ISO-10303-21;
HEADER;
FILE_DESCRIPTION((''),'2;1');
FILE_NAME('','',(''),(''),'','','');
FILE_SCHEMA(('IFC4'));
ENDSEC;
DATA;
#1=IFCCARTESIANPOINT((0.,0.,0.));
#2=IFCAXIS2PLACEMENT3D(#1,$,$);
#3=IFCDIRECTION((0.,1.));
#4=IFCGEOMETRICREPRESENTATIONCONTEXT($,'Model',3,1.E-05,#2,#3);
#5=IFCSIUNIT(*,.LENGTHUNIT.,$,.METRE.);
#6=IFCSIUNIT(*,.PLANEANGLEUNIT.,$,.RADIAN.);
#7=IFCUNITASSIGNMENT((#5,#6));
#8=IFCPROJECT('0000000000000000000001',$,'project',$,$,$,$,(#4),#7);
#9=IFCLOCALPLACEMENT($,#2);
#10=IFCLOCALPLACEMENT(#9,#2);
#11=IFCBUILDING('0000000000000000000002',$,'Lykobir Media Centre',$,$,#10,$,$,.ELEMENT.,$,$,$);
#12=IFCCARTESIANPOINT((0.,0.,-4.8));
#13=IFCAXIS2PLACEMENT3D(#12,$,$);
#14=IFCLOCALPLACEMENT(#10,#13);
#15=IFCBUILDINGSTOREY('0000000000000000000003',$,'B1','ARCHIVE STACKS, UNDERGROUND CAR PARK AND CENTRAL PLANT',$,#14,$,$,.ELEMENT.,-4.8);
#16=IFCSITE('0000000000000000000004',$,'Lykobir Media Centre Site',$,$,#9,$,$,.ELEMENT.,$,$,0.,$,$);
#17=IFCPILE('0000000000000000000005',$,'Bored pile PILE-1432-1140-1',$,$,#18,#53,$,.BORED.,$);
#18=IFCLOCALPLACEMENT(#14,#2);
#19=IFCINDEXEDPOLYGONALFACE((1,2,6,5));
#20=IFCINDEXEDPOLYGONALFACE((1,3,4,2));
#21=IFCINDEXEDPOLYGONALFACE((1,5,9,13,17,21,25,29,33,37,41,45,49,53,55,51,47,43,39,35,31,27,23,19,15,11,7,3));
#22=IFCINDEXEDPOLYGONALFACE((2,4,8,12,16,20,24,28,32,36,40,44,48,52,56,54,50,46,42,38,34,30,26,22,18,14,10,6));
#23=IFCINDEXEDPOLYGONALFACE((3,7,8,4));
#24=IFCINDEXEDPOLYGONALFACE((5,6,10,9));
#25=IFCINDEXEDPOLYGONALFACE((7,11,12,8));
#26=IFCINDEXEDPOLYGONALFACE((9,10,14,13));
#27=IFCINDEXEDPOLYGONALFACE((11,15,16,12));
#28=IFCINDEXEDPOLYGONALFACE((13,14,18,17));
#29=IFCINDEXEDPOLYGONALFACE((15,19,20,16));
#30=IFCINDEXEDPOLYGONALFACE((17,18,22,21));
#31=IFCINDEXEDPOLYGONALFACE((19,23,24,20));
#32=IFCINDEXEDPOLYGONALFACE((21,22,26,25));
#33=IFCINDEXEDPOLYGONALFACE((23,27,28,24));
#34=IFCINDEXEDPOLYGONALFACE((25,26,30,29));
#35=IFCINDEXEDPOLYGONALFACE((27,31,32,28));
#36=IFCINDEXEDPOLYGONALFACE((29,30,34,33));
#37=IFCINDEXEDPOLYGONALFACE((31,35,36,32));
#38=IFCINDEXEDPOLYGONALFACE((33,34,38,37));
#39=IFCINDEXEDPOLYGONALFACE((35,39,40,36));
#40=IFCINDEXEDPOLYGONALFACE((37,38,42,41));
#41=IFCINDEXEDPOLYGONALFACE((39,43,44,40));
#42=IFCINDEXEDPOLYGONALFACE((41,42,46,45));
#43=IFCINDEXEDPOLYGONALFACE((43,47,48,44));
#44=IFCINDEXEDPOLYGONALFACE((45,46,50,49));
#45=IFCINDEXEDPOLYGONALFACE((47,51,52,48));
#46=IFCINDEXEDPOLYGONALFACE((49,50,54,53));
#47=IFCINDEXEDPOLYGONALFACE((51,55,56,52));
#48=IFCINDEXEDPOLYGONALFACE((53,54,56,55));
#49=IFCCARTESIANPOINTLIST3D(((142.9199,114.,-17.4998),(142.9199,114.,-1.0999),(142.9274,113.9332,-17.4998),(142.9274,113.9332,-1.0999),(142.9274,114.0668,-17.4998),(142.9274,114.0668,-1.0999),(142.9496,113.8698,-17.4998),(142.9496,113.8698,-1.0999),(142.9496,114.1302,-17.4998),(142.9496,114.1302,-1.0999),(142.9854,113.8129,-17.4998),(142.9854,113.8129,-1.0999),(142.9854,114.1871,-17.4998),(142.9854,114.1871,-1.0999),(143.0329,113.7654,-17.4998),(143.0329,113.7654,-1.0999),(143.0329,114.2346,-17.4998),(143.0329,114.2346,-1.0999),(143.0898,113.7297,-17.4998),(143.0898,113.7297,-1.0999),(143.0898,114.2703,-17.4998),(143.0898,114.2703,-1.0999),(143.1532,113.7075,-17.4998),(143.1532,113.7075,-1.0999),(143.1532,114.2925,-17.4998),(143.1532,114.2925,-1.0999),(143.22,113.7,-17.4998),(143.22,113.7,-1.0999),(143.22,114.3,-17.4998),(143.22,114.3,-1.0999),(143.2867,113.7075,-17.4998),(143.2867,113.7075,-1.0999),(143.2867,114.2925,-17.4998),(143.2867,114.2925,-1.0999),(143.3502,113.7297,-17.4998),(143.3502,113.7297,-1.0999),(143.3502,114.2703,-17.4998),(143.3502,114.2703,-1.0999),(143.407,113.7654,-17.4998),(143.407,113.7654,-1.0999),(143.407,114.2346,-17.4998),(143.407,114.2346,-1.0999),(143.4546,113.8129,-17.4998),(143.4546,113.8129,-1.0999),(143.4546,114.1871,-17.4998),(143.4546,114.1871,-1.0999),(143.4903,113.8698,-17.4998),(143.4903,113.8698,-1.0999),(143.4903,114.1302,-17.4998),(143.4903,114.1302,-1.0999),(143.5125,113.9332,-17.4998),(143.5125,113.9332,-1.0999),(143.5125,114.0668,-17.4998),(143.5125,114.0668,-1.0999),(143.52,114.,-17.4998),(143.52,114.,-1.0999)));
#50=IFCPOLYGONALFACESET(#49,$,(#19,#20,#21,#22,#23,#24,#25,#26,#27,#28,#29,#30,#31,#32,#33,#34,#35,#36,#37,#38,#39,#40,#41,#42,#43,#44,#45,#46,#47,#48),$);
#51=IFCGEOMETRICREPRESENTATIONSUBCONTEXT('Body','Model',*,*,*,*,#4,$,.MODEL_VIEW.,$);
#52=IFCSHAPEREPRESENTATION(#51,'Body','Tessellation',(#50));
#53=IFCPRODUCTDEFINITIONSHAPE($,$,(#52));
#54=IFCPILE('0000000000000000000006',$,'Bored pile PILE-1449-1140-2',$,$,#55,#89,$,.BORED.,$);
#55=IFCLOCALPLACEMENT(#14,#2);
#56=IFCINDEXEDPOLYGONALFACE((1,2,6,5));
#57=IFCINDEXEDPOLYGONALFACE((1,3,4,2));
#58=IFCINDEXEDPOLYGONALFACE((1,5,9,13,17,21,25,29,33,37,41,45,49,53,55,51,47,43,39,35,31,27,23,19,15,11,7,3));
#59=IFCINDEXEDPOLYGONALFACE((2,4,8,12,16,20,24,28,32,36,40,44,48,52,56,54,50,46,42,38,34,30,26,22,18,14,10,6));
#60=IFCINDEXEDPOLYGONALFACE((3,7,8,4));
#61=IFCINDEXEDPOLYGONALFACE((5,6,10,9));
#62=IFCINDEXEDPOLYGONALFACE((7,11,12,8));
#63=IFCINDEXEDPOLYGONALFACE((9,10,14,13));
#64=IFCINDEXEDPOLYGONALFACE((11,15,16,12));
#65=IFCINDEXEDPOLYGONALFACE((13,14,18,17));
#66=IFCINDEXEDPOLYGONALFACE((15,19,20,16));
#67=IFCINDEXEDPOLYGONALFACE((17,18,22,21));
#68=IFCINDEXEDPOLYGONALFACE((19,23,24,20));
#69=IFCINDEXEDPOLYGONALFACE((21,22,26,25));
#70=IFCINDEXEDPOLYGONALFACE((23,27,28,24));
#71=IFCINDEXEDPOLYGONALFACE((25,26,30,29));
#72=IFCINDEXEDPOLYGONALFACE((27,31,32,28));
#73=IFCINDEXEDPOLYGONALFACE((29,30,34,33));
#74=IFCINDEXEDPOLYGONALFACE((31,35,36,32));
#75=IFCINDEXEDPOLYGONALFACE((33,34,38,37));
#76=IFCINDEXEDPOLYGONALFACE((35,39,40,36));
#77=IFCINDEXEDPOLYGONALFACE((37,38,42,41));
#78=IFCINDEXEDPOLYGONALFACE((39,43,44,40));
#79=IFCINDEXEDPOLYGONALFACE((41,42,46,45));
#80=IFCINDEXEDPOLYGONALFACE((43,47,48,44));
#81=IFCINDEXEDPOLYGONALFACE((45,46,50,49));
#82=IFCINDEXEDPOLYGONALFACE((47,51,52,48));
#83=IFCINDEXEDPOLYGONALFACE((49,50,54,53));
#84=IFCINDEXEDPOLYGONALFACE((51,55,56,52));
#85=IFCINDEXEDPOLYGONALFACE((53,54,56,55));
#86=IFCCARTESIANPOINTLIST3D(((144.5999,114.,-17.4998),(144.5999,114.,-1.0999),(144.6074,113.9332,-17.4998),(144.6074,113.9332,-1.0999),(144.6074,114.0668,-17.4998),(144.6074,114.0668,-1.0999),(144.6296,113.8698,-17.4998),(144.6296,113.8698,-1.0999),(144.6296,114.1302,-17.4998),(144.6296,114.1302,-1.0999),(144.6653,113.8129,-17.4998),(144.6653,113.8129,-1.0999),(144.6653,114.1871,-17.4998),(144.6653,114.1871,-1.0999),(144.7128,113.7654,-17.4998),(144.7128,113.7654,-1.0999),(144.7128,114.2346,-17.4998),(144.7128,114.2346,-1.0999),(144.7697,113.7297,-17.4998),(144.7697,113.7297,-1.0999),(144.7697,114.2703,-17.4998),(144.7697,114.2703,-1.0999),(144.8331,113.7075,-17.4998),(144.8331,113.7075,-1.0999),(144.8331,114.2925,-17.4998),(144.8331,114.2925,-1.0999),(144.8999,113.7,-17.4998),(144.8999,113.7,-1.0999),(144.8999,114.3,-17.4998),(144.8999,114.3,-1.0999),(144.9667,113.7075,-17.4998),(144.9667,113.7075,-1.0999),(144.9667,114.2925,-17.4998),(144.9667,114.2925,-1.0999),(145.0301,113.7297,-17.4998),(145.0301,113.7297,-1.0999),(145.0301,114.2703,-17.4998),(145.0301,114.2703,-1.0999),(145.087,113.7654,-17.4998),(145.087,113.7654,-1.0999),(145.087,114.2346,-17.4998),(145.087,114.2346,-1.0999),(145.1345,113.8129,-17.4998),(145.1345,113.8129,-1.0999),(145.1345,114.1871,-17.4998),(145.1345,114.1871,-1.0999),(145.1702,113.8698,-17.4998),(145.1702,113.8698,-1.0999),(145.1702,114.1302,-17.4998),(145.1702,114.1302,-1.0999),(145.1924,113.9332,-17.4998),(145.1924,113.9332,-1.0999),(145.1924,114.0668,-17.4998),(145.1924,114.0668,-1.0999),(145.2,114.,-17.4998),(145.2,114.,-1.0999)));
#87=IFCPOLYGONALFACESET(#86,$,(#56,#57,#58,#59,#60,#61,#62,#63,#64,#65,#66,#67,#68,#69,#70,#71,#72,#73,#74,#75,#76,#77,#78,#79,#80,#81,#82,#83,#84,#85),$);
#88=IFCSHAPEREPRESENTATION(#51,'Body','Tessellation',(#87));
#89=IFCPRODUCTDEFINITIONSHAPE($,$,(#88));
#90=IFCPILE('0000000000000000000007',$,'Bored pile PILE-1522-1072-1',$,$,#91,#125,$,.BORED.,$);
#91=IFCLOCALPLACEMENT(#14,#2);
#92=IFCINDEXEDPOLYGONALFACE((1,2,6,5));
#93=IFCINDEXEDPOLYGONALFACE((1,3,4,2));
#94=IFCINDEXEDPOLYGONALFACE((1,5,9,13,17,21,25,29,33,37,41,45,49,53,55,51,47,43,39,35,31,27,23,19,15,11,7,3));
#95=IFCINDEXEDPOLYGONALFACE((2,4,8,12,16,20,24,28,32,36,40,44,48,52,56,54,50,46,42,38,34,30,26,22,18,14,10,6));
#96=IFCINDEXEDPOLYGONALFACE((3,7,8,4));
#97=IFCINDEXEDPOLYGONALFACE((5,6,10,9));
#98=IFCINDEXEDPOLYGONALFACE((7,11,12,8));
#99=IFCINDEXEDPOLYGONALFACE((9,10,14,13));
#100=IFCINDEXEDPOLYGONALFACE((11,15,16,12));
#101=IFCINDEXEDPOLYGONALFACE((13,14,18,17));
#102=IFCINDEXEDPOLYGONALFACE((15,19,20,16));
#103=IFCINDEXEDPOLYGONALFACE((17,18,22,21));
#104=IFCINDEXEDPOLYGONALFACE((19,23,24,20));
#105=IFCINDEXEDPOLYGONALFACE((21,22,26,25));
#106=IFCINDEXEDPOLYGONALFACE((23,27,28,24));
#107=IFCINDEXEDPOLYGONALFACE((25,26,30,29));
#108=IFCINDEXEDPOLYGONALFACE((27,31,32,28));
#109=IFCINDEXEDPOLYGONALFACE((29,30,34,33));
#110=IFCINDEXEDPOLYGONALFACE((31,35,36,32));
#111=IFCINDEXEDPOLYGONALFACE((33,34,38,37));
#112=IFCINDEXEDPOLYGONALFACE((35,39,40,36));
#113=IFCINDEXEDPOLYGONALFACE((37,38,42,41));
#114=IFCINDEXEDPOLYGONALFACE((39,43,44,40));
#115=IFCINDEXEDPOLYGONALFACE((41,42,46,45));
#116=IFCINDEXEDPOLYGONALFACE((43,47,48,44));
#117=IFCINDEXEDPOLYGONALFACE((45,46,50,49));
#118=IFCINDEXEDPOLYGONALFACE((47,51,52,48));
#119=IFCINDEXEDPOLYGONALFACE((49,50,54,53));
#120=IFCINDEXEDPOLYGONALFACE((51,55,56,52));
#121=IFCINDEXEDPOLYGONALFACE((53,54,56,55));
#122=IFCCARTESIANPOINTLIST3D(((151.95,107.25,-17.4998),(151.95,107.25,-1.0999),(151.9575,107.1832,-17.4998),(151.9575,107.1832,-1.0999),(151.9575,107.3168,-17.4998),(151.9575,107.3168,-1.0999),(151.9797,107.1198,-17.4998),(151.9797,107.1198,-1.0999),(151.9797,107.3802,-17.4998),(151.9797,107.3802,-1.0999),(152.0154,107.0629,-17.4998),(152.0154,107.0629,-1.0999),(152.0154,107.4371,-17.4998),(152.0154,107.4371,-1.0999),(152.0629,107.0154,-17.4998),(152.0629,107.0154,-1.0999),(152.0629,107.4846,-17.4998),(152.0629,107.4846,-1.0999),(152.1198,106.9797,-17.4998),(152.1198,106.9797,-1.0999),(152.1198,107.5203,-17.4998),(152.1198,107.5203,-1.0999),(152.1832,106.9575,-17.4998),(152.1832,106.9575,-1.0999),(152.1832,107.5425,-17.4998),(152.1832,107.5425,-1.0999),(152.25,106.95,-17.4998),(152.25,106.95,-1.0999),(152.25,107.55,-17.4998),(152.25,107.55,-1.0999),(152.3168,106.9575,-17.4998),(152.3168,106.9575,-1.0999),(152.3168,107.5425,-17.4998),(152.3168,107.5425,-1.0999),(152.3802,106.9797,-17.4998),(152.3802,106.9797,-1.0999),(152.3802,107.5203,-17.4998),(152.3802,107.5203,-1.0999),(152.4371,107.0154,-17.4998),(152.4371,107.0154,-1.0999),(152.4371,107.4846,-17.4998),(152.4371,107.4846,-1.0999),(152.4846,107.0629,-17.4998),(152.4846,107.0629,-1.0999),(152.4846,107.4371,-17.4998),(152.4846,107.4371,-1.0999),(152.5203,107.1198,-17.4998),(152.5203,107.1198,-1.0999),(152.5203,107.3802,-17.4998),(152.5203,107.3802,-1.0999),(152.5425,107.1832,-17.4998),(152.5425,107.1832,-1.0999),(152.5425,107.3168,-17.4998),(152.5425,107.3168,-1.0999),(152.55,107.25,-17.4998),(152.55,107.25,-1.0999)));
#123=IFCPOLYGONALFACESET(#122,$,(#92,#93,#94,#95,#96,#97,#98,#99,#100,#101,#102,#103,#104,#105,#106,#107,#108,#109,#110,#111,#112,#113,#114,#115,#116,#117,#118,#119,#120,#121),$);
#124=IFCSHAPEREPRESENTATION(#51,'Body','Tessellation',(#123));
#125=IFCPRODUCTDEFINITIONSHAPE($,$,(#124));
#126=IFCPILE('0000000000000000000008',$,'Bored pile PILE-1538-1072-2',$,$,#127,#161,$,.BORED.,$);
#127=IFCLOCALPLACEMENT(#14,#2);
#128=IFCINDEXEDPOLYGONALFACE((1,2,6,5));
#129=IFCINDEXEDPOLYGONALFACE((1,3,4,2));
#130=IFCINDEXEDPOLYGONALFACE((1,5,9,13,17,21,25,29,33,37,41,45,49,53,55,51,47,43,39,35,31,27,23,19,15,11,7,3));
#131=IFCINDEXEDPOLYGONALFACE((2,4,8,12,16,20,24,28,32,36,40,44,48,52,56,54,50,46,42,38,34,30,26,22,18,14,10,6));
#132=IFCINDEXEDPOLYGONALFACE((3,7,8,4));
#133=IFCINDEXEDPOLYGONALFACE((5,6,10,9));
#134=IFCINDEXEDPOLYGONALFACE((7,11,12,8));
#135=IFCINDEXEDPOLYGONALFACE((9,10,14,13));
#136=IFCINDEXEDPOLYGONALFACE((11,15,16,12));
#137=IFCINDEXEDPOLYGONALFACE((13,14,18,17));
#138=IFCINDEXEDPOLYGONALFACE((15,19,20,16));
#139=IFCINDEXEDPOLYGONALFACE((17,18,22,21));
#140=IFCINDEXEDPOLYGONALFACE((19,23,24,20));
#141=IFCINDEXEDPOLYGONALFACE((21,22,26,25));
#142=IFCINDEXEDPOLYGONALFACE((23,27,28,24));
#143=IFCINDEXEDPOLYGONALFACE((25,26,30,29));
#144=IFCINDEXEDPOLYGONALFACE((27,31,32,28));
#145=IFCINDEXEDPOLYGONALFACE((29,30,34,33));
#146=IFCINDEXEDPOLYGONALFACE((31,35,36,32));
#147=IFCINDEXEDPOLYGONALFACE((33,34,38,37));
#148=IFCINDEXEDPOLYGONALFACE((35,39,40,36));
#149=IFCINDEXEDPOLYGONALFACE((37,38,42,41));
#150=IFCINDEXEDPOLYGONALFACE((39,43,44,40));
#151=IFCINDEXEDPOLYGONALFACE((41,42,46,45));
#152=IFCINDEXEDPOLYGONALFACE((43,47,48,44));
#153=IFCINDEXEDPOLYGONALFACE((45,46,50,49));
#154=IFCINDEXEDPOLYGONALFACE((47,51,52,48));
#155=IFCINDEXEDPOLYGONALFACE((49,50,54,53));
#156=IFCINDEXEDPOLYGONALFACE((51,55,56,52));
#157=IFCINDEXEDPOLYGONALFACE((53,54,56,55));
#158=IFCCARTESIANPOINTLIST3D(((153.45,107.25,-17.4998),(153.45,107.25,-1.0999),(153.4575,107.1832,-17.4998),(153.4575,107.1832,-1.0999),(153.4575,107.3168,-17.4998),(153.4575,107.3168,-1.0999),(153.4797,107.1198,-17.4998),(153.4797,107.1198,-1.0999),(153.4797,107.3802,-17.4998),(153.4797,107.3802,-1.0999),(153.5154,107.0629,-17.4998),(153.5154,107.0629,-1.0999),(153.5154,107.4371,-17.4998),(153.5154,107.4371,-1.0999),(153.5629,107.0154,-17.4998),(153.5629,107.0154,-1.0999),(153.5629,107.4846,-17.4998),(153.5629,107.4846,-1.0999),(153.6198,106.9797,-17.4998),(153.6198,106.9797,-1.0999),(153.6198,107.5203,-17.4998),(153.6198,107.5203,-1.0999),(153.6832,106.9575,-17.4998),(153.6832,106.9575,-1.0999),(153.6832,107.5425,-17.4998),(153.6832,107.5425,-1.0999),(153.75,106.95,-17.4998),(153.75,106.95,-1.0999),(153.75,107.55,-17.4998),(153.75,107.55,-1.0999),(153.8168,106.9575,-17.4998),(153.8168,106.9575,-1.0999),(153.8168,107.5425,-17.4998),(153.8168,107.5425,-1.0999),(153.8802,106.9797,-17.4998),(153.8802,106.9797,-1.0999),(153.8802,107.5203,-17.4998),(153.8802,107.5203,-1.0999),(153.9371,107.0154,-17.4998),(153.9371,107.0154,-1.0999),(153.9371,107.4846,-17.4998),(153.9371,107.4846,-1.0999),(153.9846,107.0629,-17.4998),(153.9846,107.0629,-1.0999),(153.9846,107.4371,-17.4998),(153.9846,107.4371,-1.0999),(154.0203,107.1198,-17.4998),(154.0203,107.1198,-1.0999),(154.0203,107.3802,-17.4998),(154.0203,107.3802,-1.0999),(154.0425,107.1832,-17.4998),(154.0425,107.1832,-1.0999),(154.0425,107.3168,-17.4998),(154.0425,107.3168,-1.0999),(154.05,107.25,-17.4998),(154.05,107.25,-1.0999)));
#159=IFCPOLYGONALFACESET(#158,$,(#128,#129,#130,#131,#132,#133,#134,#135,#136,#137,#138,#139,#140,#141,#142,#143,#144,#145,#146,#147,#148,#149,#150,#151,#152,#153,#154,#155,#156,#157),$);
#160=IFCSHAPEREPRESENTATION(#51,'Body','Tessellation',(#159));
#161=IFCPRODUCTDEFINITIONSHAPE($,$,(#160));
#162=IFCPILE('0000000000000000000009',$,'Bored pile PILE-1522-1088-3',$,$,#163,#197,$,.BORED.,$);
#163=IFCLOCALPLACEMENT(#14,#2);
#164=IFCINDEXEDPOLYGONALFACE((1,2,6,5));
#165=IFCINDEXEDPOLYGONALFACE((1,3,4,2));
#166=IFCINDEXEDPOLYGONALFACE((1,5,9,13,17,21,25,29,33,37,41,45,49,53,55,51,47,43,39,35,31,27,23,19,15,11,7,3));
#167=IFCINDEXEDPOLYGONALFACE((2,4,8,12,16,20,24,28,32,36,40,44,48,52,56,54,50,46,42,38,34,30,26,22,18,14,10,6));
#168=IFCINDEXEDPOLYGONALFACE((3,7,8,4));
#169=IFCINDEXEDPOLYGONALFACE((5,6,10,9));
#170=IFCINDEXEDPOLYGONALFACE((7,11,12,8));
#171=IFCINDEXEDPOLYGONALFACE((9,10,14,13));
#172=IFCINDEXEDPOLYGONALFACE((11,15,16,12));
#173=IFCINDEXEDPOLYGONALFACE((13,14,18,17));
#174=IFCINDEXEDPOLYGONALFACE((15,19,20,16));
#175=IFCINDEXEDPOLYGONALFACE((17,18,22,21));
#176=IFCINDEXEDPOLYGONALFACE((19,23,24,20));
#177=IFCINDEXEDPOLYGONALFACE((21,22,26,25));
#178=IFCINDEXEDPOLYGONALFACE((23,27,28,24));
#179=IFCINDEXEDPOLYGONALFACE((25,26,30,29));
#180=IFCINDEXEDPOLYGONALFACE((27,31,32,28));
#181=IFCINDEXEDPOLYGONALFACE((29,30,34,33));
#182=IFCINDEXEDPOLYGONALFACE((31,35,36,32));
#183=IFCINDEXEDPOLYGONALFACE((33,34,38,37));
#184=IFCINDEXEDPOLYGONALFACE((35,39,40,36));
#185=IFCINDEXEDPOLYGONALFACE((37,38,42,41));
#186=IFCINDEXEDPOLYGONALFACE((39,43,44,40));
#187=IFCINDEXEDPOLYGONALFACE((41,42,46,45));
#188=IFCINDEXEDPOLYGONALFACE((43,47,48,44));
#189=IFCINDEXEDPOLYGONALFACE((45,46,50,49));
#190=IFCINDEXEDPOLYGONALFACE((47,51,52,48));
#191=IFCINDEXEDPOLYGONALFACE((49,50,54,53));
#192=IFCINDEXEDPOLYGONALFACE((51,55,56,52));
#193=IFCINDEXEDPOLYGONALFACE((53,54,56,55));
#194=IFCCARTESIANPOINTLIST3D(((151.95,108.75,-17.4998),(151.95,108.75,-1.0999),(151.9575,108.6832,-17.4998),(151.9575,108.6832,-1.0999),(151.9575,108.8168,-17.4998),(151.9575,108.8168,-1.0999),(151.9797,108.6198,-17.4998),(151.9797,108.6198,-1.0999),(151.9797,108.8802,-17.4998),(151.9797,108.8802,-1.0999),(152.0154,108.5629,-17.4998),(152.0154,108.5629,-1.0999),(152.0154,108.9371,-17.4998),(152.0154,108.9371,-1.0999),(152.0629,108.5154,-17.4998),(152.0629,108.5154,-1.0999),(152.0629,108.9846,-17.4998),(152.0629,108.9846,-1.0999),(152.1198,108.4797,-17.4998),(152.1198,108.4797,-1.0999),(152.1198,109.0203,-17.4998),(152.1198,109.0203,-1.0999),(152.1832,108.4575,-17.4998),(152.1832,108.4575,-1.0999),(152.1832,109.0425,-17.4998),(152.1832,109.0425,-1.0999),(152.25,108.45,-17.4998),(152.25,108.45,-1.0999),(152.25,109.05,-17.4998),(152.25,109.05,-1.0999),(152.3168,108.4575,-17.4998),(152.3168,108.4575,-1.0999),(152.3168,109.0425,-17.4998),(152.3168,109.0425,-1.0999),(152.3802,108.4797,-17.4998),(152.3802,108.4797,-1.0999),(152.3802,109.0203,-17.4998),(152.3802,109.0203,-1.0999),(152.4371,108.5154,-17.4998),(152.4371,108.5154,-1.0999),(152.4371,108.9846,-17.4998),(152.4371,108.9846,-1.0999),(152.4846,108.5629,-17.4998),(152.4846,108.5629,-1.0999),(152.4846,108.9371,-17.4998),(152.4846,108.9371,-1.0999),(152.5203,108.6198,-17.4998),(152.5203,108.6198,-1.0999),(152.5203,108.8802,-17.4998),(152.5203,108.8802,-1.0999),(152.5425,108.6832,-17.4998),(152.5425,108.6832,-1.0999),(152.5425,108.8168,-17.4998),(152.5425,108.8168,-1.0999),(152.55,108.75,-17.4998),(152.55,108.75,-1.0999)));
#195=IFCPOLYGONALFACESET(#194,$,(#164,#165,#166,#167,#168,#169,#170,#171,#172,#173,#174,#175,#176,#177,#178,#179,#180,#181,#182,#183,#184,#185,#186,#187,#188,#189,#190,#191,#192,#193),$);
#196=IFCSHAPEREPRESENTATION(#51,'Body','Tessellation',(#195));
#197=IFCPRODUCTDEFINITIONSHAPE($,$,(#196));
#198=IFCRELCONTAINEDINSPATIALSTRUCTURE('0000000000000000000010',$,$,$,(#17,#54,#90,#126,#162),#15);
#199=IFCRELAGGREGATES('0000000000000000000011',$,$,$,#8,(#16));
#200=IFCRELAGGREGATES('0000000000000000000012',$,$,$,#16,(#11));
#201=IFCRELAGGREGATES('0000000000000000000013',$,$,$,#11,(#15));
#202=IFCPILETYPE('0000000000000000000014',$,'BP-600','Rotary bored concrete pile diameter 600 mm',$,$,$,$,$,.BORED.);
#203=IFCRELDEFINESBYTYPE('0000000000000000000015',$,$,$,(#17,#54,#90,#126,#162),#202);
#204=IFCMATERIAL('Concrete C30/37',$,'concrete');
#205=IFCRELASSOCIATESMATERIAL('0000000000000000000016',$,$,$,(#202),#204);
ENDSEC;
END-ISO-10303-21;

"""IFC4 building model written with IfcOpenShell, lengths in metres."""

from ifc_helpers import new_model, si_unit, direction, frame, origin, origin_2d, place, context, subcontext, project, spatial, circle, extrude, material, material_profile, profile_set, type_object, element, save


model = new_model("IFC4")

# Units and contexts
model_context = context("Model", 3, precision=1e-05, world=origin(), true_north=direction((0.0, 1.0)))
body_context = subcontext(model_context, "Body", "Model", "MODEL_VIEW")
ifc_project = project(units=[si_unit("LENGTHUNIT", "METRE"), si_unit("PLANEANGLEUNIT", "RADIAN")], contexts=[model_context])

# Site, building, storey
site_placement = place(None, origin())
site = spatial("IfcSite", under=ifc_project, at=site_placement, Name="Lykobir Media Centre Site", CompositionType="ELEMENT", RefElevation=0.0)
building_placement = place(site_placement, origin())
building = spatial("IfcBuilding", under=site, at=building_placement, Name="Lykobir Media Centre", CompositionType="ELEMENT")
storey_placement = place(building_placement, frame((0.0, 0.0, -4.8)))
storey = spatial("IfcBuildingStorey", under=building, at=storey_placement, Name="B1", Description="ARCHIVE STACKS, UNDERGROUND CAR PARK AND CENTRAL PLANT", CompositionType="ELEMENT", Elevation=-4.8)

# Piles
ifc_material_1 = material(Name="Concrete C30/37", Category="concrete")
ifc_material_profile_1 = material_profile(ifc_material_1, circle(Radius=0.3, at=origin_2d()), Name="BORED PILE D600")
ifc_profile_set_1 = profile_set([ifc_material_profile_1], Name="Concrete C30/37")
pile_type_1 = type_object("IfcPileType", Name="BP-600", Description="Rotary bored concrete pile diameter 600 mm", PredefinedType="BORED", material=ifc_profile_set_1)
for number, where, z_axis, x_axis, name in (
    (1, (143.22, 114.0, -1.0999), (0.0, 0.0, -1.0), (1.0, 0.0, 0.0), "Bored pile PILE-1432-1140-1"),
    (2, (144.8999, 114.0, -1.0999), (0.0, 0.0, -1.0), (1.0, 0.0, 0.0), "Bored pile PILE-1449-1140-2"),
    (3, (152.25, 107.25, -1.0999), (0.0, 0.0, -1.0), (1.0, 0.0, 0.0), "Bored pile PILE-1522-1072-1"),
    (4, (153.75, 107.25, -1.0999), (0.0, 0.0, -1.0), (1.0, 0.0, 0.0), "Bored pile PILE-1538-1072-2"),
    (5, (152.25, 108.75, -1.0999), (0.0, 0.0, -1.0), (1.0, 0.0, 0.0), "Bored pile PILE-1522-1088-3"),
):
    element("IfcPile", number, at=place(storey_placement, frame(where, z_axis=z_axis, x_axis=x_axis)), inside=storey, type_object=pile_type_1, Name=name, PredefinedType="BORED", context=body_context, shape_type="SweptSolid", body=[
        extrude(circle(Radius=0.3, at=origin_2d()), origin(), (0.0, 0.0, 1.0), 16.3999),
    ])

save(model, "model.ifc")
